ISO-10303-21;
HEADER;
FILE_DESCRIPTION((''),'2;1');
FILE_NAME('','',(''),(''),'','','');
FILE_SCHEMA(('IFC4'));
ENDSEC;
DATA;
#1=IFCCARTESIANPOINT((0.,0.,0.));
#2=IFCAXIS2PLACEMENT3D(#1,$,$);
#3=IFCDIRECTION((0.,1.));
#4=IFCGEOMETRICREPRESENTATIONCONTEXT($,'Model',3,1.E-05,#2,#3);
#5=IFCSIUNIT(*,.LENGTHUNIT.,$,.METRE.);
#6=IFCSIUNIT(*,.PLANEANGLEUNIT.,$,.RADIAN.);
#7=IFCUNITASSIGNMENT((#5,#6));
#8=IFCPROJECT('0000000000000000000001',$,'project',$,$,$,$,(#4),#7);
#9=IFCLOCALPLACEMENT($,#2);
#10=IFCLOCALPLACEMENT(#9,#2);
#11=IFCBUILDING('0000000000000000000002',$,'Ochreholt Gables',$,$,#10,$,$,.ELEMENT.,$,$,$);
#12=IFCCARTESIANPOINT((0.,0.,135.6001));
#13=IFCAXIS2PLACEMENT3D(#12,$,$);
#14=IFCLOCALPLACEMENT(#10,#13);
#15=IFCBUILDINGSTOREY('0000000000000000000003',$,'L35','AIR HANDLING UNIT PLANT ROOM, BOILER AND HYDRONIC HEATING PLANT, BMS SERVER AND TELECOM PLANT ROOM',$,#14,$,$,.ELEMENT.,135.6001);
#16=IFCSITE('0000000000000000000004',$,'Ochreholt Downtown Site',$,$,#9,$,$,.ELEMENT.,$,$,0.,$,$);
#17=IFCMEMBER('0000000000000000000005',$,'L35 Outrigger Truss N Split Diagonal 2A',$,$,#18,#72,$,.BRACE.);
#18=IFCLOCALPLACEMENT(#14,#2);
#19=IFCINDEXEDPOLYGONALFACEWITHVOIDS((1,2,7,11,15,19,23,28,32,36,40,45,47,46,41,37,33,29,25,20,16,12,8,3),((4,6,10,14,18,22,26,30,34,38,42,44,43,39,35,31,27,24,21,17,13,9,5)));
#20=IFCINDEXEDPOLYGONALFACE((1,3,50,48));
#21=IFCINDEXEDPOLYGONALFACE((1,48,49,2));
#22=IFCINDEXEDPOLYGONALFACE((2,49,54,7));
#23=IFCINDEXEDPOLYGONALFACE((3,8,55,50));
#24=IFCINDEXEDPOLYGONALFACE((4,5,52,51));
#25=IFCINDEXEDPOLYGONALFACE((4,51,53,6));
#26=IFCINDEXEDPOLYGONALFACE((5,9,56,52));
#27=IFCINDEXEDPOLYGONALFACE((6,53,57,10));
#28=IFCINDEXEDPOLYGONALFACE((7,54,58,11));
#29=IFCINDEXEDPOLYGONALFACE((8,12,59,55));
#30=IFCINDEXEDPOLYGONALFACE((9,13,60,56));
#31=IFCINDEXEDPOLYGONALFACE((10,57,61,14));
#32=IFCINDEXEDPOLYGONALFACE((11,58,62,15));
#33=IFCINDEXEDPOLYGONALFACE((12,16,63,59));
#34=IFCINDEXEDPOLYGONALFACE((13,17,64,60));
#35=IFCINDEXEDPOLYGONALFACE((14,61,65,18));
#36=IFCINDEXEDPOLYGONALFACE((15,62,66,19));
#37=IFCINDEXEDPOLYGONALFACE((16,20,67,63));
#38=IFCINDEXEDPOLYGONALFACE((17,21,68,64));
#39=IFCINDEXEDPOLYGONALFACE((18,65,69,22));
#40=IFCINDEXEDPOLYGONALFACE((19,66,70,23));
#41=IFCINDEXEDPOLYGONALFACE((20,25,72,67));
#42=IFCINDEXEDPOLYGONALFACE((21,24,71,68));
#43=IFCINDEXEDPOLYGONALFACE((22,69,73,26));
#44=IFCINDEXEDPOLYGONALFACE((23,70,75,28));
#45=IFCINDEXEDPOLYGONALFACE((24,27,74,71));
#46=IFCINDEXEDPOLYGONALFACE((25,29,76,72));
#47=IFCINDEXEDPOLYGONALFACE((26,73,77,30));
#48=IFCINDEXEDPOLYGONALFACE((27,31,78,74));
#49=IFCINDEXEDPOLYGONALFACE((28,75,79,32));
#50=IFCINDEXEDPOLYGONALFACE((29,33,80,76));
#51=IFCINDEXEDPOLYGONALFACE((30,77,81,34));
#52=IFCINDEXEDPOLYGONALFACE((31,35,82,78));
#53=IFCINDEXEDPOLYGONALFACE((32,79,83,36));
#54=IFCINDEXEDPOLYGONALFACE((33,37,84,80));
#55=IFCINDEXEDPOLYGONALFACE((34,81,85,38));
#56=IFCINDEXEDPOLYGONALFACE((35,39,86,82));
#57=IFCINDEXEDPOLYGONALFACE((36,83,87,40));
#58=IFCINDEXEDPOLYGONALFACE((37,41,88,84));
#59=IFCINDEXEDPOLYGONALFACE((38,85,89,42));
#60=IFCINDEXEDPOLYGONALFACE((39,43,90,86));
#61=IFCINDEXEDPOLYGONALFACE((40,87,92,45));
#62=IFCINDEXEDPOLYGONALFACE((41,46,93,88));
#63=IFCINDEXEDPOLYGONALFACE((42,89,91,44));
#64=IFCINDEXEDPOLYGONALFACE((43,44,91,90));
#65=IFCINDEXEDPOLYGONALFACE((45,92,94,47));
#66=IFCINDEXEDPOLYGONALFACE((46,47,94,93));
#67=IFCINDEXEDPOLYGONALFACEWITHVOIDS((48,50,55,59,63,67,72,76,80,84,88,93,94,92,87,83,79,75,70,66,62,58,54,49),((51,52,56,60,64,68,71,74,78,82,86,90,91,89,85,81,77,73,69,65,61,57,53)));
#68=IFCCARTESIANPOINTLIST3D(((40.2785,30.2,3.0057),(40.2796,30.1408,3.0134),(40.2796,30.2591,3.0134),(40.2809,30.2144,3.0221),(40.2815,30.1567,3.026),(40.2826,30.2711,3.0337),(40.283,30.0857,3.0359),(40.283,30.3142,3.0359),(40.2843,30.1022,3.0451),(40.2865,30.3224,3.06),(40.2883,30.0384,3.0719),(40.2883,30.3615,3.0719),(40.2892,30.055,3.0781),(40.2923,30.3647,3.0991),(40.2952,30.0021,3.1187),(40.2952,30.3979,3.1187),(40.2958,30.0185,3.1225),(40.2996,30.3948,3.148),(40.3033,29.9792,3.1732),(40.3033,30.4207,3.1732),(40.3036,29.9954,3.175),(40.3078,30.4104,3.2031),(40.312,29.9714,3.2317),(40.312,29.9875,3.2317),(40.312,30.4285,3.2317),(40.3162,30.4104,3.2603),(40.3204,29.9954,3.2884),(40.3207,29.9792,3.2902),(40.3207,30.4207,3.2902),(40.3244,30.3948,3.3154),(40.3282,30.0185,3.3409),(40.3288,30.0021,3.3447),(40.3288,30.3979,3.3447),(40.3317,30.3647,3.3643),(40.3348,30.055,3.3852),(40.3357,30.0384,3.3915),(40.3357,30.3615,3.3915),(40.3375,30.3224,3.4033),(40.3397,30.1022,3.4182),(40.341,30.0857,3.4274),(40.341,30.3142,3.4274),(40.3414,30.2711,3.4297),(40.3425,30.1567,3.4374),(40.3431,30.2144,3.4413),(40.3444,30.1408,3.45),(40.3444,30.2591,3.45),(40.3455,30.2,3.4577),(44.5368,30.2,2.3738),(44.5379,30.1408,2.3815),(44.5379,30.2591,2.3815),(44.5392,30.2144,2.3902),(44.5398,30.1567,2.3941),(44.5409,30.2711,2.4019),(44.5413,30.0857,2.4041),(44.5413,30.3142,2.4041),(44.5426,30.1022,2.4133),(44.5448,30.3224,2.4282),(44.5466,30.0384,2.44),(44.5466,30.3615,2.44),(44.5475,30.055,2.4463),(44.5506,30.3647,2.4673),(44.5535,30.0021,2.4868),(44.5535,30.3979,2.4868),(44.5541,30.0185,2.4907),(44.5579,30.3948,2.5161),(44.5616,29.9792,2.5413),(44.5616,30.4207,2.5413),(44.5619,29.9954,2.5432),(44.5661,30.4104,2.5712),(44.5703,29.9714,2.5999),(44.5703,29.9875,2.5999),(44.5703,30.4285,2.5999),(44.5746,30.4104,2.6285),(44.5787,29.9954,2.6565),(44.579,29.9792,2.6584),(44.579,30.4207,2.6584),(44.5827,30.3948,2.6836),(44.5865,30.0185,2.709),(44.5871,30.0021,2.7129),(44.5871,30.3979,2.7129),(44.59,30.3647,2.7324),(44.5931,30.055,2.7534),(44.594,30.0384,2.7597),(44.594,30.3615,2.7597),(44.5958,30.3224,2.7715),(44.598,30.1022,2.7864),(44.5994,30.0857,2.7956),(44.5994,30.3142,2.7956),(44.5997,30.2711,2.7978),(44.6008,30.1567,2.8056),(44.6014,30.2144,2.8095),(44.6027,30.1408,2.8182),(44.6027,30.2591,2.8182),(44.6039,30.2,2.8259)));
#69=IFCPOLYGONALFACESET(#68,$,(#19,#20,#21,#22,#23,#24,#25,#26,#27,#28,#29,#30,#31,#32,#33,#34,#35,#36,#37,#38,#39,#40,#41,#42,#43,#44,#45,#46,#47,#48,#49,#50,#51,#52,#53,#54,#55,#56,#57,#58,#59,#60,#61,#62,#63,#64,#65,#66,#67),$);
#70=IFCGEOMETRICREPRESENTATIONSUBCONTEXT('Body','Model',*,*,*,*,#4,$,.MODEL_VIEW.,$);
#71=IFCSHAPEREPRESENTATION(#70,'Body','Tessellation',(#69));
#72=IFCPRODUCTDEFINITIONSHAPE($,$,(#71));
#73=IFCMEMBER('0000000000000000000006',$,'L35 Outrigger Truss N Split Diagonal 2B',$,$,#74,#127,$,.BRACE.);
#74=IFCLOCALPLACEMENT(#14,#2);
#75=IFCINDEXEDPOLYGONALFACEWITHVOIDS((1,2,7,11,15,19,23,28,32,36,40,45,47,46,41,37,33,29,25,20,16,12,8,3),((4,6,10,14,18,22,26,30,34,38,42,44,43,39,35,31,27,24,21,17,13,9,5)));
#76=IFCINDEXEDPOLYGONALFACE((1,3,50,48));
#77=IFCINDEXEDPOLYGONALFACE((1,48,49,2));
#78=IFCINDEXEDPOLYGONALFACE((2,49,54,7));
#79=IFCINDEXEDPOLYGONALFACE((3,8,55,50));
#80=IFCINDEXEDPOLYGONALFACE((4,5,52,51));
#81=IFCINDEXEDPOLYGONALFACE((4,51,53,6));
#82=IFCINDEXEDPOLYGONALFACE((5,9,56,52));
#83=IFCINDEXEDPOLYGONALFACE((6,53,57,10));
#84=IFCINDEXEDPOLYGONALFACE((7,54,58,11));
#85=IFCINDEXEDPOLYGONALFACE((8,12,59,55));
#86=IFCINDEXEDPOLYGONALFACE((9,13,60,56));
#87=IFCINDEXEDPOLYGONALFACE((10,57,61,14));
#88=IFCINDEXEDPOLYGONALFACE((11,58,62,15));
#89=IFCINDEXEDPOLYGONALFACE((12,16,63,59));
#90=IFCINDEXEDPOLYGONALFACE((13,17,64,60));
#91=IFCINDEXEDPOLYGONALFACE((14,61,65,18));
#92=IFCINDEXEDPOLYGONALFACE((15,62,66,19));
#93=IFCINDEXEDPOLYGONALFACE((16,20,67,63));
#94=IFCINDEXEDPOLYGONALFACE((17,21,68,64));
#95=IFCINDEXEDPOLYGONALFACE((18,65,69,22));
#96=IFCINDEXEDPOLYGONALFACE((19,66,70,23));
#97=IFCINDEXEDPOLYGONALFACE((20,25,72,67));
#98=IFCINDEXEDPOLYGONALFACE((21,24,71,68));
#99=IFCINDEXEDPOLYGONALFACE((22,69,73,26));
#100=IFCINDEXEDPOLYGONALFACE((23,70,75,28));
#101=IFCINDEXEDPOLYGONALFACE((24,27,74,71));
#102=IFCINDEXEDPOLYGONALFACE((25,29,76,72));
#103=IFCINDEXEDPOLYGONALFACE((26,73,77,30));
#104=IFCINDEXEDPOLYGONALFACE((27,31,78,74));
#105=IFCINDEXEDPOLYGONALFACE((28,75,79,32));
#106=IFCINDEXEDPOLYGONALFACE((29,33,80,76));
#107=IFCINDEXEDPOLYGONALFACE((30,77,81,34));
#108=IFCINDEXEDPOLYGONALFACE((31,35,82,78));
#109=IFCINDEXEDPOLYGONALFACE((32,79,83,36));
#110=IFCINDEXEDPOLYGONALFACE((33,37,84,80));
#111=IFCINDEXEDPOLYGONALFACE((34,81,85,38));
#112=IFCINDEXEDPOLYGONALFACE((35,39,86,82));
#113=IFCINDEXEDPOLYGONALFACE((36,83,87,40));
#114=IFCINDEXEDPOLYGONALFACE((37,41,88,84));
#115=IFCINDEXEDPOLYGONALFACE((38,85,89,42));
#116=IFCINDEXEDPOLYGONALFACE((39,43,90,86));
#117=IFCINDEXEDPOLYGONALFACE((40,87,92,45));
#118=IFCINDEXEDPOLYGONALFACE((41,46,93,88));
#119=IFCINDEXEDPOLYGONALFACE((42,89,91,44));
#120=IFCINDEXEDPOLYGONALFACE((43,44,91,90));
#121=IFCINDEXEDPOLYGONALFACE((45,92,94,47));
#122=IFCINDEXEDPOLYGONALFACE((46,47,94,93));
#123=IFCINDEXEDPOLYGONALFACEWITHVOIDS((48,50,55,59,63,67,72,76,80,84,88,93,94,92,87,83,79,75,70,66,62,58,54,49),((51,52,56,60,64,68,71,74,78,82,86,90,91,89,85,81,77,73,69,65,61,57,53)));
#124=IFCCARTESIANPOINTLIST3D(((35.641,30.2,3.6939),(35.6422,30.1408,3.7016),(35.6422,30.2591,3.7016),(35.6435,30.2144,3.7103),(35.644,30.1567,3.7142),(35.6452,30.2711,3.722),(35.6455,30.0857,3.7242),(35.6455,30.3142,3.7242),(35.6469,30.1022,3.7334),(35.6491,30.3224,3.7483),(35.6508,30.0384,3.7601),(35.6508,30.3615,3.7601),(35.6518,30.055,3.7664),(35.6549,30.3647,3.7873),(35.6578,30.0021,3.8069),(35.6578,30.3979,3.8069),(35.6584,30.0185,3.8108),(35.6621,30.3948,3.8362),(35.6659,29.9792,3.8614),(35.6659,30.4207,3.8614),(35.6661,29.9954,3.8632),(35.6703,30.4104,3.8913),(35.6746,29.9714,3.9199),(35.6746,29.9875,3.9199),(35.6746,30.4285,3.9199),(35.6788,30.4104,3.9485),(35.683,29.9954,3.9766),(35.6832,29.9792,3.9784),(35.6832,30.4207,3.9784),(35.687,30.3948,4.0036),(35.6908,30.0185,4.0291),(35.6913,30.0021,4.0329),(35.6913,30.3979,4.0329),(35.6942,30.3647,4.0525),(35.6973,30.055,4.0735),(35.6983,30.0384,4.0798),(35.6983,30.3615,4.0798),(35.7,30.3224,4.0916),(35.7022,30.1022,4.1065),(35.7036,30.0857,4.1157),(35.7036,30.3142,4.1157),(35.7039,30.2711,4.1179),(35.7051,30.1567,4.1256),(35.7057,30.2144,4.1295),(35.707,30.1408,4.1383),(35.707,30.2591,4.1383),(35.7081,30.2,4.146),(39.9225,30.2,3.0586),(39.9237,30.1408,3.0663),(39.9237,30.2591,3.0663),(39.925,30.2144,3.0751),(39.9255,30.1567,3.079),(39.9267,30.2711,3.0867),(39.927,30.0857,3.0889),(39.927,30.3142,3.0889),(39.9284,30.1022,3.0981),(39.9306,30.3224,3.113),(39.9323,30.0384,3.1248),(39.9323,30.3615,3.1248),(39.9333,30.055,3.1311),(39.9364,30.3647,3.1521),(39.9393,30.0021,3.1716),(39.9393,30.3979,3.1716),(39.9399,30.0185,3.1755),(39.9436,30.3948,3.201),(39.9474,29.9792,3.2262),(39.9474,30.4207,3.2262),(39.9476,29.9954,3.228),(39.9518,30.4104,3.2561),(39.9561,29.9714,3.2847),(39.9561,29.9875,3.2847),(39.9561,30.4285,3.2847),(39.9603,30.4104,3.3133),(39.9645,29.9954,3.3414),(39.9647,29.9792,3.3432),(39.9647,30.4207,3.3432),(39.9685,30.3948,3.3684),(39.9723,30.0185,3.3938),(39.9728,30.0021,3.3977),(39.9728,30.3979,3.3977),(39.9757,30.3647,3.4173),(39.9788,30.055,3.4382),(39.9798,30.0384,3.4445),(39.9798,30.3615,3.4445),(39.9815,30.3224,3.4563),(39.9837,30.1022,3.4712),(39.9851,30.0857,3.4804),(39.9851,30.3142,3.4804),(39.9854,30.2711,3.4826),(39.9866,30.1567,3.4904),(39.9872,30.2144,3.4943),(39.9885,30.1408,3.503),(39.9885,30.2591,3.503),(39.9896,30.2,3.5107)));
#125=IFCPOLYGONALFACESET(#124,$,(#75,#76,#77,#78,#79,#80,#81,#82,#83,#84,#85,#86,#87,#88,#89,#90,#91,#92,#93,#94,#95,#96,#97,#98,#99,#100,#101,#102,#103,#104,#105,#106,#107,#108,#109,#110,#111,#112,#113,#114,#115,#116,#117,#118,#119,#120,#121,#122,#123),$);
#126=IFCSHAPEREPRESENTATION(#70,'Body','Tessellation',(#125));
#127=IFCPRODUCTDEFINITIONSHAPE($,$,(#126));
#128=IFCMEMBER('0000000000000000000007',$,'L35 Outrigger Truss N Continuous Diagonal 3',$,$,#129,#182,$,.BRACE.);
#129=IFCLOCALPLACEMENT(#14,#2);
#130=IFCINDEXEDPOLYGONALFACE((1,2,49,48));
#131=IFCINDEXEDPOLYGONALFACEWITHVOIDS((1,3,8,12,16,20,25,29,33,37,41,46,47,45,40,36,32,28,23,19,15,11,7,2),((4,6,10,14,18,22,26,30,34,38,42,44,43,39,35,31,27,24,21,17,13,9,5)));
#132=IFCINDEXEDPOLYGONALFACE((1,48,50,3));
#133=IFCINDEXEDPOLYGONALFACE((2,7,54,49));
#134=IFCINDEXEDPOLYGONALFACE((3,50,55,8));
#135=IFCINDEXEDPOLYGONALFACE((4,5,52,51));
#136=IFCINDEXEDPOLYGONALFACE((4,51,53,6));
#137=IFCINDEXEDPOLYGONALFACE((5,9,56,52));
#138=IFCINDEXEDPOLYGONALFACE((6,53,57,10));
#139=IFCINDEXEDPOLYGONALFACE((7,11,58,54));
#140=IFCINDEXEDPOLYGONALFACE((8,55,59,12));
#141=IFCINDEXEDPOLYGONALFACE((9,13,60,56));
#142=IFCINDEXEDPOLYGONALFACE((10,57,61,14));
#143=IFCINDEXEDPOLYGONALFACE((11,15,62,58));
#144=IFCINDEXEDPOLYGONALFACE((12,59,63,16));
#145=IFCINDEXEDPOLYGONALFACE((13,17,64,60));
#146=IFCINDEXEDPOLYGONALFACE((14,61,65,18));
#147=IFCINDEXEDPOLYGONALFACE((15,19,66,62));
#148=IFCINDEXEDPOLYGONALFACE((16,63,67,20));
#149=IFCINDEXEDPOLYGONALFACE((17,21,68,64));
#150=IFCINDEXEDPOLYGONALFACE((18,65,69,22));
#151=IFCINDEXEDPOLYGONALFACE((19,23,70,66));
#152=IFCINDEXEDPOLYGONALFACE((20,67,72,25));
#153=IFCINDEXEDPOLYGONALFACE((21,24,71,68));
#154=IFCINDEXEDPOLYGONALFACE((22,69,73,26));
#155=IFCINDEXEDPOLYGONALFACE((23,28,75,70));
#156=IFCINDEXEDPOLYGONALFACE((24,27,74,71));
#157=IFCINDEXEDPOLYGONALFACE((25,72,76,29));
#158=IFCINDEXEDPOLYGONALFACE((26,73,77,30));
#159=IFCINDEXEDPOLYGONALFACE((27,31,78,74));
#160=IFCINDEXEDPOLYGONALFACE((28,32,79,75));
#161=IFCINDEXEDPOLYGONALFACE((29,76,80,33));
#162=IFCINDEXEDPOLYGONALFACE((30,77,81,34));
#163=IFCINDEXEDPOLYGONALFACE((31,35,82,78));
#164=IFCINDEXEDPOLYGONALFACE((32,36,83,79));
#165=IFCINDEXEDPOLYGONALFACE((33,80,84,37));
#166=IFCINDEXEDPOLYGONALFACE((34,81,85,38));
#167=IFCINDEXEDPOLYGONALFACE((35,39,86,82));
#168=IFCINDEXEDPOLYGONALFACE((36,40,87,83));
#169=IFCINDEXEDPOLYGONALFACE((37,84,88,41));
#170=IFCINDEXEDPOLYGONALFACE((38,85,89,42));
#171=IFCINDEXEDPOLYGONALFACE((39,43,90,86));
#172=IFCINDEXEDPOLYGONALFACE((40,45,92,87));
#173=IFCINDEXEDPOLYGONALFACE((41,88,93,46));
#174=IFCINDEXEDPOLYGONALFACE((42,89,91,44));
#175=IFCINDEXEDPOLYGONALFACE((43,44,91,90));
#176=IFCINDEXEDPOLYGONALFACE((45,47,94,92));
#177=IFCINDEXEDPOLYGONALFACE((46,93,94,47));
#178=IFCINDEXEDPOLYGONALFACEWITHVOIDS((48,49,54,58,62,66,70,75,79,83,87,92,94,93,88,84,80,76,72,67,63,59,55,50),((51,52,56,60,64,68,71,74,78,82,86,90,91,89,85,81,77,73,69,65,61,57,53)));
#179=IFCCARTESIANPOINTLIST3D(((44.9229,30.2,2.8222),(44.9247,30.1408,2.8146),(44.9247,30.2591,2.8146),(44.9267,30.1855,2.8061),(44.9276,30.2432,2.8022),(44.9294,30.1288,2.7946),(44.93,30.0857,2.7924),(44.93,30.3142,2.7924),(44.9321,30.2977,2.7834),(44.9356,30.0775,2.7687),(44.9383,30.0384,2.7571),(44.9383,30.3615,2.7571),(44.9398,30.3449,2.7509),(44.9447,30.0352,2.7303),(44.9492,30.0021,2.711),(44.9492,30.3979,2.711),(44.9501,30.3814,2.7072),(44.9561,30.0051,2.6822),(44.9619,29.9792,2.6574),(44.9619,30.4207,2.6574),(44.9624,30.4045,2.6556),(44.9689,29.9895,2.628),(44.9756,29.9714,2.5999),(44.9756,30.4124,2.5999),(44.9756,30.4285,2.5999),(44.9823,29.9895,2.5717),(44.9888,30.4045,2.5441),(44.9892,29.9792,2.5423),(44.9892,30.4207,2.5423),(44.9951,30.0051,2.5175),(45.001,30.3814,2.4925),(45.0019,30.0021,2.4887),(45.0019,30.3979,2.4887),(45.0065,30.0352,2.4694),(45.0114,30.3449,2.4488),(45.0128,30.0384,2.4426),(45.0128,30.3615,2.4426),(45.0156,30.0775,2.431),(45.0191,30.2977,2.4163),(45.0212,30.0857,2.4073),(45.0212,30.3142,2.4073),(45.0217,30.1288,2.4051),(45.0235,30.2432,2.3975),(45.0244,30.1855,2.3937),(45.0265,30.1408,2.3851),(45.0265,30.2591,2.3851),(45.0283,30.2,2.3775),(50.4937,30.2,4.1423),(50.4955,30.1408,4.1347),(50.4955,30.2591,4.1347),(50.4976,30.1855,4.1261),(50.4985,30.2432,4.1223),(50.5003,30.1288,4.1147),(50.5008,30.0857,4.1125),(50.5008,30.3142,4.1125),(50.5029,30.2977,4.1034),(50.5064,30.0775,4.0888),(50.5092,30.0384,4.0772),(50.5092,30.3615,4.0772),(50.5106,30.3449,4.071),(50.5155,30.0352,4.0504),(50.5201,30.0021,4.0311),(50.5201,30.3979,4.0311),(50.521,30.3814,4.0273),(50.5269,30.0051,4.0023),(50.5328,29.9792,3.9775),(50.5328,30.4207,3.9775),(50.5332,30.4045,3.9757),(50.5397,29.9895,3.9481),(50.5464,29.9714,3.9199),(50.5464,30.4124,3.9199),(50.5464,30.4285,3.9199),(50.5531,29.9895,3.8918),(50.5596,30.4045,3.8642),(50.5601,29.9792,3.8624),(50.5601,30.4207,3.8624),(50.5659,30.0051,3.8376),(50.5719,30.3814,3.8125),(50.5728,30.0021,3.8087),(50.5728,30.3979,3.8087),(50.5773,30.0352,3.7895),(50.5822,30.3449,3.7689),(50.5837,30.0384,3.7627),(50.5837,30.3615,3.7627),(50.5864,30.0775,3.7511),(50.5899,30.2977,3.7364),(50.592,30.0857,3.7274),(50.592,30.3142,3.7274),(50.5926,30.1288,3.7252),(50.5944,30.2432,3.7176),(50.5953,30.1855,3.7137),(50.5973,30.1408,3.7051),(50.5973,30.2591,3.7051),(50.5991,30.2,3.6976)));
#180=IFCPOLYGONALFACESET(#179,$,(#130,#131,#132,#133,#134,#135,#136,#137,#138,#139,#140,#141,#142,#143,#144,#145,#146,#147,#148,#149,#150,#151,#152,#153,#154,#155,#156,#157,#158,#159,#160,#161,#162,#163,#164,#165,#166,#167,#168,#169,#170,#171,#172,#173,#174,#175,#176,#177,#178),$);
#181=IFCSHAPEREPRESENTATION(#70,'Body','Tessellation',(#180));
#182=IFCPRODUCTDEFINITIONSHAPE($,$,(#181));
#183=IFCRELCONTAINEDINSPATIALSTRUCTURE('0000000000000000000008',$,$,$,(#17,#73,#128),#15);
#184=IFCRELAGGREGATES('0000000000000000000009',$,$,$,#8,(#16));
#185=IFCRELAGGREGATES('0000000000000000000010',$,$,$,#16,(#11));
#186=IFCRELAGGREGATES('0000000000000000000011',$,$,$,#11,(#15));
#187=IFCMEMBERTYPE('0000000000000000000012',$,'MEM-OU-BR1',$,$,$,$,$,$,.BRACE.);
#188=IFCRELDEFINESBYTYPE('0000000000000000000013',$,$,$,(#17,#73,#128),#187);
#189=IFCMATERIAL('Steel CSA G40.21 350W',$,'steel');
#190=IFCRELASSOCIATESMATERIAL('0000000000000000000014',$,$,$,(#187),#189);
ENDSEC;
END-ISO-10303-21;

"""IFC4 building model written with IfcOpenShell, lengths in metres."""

from ifc_helpers import new_model, si_unit, direction, frame, origin, origin_2d, place, context, subcontext, project, spatial, hollow_circle, extrude, material, material_profile, profile_set, type_object, element, save


model = new_model("IFC4")

# Units and contexts
model_context = context("Model", 3, precision=1e-05, world=origin(), true_north=direction((0.0, 1.0)))
body_context = subcontext(model_context, "Body", "Model", "MODEL_VIEW")
ifc_project = project(units=[si_unit("LENGTHUNIT", "METRE"), si_unit("PLANEANGLEUNIT", "RADIAN")], contexts=[model_context])

# Site, building, storey
site_placement = place(None, origin())
site = spatial("IfcSite", under=ifc_project, at=site_placement, Name="Ochreholt Downtown Site", CompositionType="ELEMENT", RefElevation=0.0)
building_placement = place(site_placement, origin())
building = spatial("IfcBuilding", under=site, at=building_placement, Name="Ochreholt Gables", CompositionType="ELEMENT")
storey_placement = place(building_placement, frame((0.0, 0.0, 135.6001)))
storey = spatial("IfcBuildingStorey", under=building, at=storey_placement, Name="L35", Description="AIR HANDLING UNIT PLANT ROOM, BOILER AND HYDRONIC HEATING PLANT, BMS SERVER AND TELECOM PLANT ROOM", CompositionType="ELEMENT", Elevation=135.6001)

# Shared definitions
ifc_material_1 = material(Name="Steel CSA G40.21 350W", Category="steel")

# Members
ifc_material_profile_1 = material_profile(ifc_material_1, hollow_circle(Radius=0.2285, WallThickness=0.0161, at=origin_2d()), Name="CHS457X16")
ifc_profile_set_1 = profile_set([ifc_material_profile_1], Name="Steel CSA G40.21 350W")
member_type_1 = type_object("IfcMemberType", Name="MEM-OU-BR1", PredefinedType="BRACE", material=ifc_profile_set_1)
member_1_placement = place(storey_placement, frame((44.5703, 30.2, 2.5999), z_axis=(-0.989171, 0.0, 0.146771), x_axis=(0.0, -1.0, 0.0)))
element("IfcMember", 1, at=member_1_placement, inside=storey, type_object=member_type_1, Name="L35 Outrigger Truss N Split Diagonal 2A", PredefinedType="BRACE", context=body_context, shape_type="SweptSolid", body=[
    extrude(hollow_circle(Radius=0.2285, WallThickness=0.0161, at=origin_2d()), origin(), (0.0, 0.0, 1.0), 4.3049),
])
member_2_placement = place(storey_placement, frame((39.9561, 30.2, 3.2847), z_axis=(-0.989171, 0.0, 0.146765), x_axis=(0.0, -1.0, 0.0)))
element("IfcMember", 2, at=member_2_placement, inside=storey, type_object=member_type_1, Name="L35 Outrigger Truss N Split Diagonal 2B", PredefinedType="BRACE", context=body_context, shape_type="SweptSolid", body=[
    extrude(hollow_circle(Radius=0.2285, WallThickness=0.0161, at=origin_2d()), origin(), (0.0, 0.0, 1.0), 4.3284),
])
member_3_placement = place(storey_placement, frame((44.9756, 30.2, 2.5999), z_axis=(0.973054, 0.0, 0.230577), x_axis=(0.0, 1.0, 0.0)))
element("IfcMember", 3, at=member_3_placement, inside=storey, type_object=member_type_1, Name="L35 Outrigger Truss N Continuous Diagonal 3", PredefinedType="BRACE", context=body_context, shape_type="SweptSolid", body=[
    extrude(hollow_circle(Radius=0.2285, WallThickness=0.0161, at=origin_2d()), origin(), (0.0, 0.0, 1.0), 5.7251),
])

save(model, "model.ifc")
